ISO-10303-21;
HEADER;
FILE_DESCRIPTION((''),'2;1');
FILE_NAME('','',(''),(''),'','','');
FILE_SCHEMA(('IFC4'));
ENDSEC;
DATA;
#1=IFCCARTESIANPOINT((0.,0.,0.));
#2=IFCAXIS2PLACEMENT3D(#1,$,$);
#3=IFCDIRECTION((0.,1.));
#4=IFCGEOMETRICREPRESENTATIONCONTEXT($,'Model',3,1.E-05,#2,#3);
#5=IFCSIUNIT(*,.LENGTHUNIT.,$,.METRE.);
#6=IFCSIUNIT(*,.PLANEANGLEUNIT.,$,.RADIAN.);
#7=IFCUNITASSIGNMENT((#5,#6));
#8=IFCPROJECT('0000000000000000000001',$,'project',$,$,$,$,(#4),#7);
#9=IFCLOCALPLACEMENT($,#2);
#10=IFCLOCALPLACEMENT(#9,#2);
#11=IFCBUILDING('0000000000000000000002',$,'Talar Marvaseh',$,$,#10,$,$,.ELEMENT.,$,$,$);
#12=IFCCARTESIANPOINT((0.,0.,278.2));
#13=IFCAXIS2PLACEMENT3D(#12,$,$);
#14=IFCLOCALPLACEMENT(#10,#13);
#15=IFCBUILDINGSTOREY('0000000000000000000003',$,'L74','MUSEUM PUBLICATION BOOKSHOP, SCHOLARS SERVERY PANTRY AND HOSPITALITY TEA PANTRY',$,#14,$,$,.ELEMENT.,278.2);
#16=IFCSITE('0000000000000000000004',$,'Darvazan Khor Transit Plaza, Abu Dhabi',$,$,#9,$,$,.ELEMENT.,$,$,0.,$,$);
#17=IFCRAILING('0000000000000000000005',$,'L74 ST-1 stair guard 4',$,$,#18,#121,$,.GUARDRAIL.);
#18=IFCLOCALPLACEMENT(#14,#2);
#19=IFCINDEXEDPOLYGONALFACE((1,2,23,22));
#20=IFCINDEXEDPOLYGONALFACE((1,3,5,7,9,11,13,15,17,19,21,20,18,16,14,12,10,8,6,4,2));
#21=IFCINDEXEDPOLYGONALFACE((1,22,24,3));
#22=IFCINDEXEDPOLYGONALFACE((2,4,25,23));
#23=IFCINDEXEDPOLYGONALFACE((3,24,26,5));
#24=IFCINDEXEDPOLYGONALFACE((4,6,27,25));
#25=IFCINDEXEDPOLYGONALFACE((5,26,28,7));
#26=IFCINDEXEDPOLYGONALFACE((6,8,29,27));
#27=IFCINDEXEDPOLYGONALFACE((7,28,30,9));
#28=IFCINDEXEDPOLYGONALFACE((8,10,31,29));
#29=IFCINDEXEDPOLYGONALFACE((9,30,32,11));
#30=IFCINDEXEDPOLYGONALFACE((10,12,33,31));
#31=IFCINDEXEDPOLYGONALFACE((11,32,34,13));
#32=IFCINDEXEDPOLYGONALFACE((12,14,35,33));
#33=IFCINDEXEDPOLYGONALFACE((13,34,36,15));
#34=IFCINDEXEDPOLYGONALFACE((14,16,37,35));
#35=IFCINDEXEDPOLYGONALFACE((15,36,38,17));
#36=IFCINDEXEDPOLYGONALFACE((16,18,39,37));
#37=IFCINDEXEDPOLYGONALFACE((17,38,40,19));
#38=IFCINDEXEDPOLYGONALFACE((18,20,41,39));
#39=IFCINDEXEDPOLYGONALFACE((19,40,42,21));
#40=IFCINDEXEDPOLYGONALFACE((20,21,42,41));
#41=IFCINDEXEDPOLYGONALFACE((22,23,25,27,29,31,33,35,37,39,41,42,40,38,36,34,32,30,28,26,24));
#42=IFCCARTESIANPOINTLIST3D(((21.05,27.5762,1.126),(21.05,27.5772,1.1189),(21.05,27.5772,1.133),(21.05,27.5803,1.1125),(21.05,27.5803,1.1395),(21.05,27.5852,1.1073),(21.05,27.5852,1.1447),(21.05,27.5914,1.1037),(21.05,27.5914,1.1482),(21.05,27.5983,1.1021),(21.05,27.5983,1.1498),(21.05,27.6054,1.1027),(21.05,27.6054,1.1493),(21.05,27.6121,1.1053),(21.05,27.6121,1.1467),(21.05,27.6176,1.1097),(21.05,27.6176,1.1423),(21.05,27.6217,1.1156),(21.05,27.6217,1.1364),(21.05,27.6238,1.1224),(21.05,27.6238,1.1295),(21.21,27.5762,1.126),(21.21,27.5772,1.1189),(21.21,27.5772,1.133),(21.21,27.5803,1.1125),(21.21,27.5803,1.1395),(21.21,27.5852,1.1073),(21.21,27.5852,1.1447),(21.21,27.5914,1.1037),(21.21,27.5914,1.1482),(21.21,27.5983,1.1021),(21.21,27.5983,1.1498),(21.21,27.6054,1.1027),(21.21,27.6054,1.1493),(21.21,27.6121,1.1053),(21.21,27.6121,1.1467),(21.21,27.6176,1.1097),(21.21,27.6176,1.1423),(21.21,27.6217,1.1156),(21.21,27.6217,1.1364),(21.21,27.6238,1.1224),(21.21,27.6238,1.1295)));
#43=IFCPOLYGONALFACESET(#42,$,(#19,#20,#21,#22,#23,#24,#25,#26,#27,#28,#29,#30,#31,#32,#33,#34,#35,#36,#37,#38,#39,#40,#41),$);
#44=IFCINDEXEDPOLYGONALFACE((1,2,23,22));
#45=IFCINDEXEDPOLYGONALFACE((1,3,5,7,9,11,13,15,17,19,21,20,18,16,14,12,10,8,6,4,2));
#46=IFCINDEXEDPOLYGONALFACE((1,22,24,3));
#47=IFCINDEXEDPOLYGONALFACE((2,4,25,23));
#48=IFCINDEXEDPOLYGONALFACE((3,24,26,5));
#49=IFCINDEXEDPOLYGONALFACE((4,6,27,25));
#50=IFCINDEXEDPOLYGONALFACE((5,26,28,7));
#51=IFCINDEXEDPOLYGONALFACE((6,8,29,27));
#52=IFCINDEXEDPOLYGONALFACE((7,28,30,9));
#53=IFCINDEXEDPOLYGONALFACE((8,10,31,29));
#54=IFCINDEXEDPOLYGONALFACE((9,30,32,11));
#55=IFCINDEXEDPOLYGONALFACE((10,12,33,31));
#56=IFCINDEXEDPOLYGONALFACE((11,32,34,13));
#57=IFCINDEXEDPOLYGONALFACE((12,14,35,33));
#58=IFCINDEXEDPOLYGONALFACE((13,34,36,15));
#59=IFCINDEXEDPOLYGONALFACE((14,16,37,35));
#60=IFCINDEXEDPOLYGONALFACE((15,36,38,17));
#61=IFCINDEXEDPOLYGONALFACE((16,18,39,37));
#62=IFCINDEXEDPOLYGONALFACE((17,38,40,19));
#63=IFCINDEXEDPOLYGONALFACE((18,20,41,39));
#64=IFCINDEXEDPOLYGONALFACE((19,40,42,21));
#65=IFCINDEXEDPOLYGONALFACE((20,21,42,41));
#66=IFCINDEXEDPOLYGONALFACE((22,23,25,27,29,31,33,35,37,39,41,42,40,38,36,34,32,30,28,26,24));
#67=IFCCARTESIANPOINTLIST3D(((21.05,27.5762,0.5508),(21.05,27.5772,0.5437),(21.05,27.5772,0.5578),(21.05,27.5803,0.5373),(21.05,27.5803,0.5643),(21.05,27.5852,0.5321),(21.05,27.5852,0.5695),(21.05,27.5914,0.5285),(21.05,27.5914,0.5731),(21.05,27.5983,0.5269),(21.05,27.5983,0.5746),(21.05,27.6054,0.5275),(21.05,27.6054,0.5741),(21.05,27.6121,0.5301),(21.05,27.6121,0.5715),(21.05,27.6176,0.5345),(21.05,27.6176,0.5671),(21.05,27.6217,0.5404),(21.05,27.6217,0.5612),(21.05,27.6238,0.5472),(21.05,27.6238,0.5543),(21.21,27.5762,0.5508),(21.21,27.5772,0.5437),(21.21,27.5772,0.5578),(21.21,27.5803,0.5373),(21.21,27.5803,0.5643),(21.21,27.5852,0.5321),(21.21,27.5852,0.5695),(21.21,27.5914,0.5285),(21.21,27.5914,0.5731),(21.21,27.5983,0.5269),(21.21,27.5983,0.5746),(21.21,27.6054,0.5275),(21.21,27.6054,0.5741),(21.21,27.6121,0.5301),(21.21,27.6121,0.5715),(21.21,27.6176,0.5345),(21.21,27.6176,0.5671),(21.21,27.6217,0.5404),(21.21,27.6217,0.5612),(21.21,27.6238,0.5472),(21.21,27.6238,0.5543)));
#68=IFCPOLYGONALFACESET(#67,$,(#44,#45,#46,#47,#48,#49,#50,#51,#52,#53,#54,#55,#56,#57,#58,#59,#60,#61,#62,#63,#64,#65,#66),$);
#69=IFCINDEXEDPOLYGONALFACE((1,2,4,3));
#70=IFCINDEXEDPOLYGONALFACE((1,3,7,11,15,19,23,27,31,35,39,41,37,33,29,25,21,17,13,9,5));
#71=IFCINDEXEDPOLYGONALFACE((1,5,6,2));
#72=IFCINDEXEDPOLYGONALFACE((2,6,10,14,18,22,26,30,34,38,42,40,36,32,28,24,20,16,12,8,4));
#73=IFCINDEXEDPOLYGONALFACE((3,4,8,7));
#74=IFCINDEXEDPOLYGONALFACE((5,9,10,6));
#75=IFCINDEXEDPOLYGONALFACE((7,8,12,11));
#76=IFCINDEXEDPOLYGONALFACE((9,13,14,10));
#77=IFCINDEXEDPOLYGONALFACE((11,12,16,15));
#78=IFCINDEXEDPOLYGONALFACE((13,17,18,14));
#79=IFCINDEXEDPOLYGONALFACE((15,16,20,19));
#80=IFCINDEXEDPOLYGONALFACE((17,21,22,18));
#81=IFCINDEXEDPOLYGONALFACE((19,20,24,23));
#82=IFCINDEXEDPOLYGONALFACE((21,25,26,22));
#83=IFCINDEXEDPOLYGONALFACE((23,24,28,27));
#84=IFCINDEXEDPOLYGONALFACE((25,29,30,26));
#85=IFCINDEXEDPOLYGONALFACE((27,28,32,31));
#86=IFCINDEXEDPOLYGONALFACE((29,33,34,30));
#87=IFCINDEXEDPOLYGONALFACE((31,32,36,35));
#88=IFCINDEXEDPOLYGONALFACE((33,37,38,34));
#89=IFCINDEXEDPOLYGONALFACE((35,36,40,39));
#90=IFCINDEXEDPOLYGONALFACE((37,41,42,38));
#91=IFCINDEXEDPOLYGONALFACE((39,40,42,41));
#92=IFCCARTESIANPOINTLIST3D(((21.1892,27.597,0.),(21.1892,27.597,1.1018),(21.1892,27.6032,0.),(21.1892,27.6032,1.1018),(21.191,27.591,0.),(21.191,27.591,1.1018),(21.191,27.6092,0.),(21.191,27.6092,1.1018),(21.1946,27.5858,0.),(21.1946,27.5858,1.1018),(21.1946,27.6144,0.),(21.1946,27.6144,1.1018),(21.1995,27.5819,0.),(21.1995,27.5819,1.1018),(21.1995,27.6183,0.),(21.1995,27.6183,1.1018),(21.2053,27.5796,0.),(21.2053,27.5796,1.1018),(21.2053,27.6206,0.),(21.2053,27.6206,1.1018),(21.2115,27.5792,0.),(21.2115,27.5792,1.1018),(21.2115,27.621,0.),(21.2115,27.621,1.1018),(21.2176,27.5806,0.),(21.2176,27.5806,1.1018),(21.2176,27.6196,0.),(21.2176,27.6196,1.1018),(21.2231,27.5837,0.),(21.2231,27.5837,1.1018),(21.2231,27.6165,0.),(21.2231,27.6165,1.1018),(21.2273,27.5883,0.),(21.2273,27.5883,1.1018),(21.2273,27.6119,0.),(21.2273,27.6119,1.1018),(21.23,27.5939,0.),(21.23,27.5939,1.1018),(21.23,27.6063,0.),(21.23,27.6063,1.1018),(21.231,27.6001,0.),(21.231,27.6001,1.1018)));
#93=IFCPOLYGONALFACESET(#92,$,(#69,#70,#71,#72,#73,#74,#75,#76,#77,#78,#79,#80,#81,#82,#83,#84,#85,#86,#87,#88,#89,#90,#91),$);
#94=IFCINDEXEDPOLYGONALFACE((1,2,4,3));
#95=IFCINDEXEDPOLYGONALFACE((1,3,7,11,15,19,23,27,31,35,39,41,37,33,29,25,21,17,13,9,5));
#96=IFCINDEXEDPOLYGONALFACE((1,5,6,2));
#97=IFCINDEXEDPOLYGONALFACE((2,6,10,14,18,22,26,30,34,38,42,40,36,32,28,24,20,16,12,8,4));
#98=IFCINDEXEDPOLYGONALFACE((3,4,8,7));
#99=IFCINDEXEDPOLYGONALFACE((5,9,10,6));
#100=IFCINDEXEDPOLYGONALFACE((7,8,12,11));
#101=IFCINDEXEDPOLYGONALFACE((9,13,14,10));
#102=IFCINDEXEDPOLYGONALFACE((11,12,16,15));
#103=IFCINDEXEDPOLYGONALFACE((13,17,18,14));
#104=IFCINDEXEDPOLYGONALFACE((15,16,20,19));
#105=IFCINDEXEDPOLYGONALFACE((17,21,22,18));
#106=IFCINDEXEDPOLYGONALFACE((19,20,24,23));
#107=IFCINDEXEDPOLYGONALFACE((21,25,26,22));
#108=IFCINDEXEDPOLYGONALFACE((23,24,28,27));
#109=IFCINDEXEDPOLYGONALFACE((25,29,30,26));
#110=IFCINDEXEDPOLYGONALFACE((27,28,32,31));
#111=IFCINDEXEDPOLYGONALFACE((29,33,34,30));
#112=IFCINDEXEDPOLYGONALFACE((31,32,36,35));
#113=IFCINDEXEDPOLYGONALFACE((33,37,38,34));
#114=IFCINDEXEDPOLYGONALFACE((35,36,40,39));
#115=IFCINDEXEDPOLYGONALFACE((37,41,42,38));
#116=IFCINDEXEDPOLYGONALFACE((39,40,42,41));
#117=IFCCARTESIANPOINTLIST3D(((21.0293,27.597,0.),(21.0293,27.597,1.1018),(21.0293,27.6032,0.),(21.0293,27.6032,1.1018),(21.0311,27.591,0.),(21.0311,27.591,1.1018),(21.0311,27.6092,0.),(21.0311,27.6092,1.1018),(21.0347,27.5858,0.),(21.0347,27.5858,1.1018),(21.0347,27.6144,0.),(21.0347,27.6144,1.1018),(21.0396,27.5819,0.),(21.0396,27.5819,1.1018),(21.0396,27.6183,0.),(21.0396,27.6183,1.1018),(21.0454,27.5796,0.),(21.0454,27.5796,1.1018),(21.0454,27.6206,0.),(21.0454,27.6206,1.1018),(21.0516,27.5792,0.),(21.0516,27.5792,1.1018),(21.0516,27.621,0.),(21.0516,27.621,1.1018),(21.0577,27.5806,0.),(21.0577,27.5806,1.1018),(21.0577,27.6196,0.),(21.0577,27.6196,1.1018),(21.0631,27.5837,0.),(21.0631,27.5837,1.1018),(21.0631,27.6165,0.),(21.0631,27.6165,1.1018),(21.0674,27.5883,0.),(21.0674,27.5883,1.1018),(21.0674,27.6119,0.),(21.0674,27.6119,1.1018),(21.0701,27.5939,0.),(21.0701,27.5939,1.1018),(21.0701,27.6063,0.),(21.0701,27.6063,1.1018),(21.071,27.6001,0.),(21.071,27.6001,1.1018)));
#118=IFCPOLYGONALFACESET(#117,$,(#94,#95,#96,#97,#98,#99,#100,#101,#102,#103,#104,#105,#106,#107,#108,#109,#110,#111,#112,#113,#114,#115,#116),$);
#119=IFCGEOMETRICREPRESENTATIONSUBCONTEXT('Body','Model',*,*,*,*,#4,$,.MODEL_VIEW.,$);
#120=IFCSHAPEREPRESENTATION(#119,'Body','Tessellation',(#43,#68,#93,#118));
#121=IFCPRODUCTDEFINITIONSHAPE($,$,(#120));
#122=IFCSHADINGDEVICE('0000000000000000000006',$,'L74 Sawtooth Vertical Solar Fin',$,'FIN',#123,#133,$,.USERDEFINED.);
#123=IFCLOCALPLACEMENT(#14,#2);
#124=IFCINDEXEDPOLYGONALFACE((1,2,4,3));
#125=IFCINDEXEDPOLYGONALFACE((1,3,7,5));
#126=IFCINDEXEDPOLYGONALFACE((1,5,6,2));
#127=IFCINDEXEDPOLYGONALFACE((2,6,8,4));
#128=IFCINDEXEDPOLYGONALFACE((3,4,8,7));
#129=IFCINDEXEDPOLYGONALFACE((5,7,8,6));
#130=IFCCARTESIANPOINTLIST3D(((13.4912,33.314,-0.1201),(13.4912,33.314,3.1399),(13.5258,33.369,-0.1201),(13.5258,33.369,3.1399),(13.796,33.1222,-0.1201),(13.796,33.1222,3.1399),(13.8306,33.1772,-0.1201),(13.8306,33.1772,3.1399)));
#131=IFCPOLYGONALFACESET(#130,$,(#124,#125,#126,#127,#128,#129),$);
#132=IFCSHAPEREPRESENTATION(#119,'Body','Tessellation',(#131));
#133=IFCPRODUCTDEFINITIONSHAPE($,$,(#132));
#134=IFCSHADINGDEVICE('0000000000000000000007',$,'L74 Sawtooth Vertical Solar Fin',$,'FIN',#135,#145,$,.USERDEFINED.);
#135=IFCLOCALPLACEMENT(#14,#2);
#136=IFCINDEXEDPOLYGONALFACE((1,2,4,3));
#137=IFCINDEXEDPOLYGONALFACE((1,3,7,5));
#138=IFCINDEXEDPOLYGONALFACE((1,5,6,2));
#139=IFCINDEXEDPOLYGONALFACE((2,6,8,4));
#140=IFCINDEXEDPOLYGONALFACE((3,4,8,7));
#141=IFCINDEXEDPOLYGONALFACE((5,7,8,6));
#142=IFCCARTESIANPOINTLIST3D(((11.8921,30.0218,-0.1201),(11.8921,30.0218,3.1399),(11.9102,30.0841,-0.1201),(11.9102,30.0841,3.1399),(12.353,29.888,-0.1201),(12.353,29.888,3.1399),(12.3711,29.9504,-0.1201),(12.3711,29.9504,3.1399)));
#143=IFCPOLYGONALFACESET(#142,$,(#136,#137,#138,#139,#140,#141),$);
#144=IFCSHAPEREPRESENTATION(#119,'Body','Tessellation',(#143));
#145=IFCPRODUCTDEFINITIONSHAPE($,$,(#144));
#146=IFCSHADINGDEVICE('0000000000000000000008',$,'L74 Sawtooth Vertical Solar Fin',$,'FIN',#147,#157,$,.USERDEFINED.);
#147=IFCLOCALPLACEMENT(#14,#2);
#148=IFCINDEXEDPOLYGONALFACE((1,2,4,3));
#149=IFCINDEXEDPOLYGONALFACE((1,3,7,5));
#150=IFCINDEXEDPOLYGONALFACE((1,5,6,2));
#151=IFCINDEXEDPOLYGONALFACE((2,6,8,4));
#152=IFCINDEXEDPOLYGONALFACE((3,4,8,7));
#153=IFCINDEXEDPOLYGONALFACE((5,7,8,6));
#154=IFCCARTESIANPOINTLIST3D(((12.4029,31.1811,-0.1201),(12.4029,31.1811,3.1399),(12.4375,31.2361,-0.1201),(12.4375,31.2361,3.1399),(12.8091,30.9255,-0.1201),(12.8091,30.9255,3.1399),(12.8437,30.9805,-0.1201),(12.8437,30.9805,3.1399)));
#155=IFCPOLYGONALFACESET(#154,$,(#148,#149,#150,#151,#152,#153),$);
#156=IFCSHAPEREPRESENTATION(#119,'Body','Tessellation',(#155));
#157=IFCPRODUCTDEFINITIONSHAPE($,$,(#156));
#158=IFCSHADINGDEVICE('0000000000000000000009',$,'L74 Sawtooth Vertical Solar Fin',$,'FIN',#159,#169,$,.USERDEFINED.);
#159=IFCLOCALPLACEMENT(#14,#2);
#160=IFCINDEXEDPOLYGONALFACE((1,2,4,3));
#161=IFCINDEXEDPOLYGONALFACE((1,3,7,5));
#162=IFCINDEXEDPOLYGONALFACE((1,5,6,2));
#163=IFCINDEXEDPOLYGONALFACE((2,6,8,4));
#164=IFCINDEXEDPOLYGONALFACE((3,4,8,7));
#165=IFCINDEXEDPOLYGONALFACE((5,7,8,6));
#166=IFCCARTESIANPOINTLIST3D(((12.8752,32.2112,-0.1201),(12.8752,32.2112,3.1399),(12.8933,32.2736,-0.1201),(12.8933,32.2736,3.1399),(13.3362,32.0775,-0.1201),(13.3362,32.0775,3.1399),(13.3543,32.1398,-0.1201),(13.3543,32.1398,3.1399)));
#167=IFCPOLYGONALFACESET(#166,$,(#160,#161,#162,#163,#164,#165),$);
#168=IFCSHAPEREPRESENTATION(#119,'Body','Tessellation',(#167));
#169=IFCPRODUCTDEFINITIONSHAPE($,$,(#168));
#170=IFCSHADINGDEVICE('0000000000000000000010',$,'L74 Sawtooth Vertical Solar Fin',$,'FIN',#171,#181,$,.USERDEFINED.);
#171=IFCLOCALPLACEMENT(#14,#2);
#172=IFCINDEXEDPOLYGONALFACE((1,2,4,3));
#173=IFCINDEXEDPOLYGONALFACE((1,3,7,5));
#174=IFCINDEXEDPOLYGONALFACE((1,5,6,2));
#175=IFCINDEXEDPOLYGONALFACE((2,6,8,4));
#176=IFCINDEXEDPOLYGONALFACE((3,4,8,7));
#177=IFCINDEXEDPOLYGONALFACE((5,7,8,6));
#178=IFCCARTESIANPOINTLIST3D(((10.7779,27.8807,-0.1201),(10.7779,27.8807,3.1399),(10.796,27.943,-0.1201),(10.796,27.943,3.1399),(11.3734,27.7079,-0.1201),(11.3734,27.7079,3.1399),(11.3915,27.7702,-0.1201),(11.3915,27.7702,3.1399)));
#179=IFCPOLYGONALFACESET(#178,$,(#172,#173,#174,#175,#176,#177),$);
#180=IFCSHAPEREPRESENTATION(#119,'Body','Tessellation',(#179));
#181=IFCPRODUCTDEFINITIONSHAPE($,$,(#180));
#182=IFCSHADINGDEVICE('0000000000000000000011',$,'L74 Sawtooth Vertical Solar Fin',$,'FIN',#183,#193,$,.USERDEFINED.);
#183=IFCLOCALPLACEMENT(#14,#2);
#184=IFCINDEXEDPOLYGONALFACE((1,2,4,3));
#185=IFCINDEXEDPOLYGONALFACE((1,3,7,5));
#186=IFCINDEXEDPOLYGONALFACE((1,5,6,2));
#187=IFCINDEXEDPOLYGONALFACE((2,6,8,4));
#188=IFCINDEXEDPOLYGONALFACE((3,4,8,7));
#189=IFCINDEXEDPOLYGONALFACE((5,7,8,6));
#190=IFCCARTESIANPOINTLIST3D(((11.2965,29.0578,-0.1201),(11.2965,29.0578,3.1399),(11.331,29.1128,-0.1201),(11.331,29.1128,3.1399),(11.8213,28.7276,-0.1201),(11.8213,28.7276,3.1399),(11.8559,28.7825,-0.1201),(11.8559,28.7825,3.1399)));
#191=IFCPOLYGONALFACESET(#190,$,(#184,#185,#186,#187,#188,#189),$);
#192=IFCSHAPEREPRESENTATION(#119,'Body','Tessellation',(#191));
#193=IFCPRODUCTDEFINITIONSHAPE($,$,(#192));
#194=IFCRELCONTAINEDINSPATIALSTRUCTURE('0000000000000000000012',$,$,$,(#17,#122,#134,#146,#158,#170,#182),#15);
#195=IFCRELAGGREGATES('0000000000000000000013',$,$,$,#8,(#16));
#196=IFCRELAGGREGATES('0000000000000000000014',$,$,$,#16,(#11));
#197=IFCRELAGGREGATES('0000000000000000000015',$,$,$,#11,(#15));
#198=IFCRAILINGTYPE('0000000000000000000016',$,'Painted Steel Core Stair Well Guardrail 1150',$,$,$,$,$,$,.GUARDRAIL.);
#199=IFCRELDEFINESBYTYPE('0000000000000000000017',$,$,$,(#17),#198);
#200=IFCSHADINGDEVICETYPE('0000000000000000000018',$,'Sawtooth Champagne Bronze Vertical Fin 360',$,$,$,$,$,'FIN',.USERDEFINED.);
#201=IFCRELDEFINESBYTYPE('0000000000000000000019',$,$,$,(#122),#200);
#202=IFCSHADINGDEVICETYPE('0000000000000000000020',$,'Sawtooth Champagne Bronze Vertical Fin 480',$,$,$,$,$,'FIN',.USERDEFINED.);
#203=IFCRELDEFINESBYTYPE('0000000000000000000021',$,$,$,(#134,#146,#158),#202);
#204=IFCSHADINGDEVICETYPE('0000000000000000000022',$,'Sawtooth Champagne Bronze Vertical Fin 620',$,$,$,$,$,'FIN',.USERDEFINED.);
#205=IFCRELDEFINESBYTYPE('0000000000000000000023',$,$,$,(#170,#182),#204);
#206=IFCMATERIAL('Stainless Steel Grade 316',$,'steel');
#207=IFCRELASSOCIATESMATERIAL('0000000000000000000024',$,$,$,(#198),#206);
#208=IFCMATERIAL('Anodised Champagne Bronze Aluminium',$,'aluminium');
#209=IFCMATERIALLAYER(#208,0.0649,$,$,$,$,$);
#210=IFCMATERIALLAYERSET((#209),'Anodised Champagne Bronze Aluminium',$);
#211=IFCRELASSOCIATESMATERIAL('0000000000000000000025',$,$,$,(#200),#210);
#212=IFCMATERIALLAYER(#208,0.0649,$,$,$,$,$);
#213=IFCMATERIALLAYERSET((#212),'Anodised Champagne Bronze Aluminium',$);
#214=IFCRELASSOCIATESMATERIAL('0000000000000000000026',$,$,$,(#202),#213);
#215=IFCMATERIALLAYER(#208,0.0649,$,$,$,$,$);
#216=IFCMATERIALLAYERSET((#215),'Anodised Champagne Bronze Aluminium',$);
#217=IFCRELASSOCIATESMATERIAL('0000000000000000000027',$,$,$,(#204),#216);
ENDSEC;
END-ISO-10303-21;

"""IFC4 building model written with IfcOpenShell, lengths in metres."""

from ifc_helpers import new_model, si_unit, direction, frame, origin, origin_2d, place, context, subcontext, project, spatial, rectangle, circle, extrude, source, transform, mapped, material, layer, layer_set, type_object, type_shapes, element, save


model = new_model("IFC4")

# Units and contexts
model_context = context("Model", 3, precision=1e-05, world=origin(), true_north=direction((0.0, 1.0)))
body_context = subcontext(model_context, "Body", "Model", "MODEL_VIEW")
ifc_project = project(units=[si_unit("LENGTHUNIT", "METRE"), si_unit("PLANEANGLEUNIT", "RADIAN")], contexts=[model_context])

# Site, building, storey
site_placement = place(None, origin())
site = spatial("IfcSite", under=ifc_project, at=site_placement, Name="Darvazan Khor Transit Plaza, Abu Dhabi", CompositionType="ELEMENT", RefElevation=0.0)
building_placement = place(site_placement, origin())
building = spatial("IfcBuilding", under=site, at=building_placement, Name="Talar Marvaseh", CompositionType="ELEMENT")
storey_placement = place(building_placement, frame((0.0, 0.0, 278.2)))
storey = spatial("IfcBuildingStorey", under=building, at=storey_placement, Name="L74", Description="MUSEUM PUBLICATION BOOKSHOP, SCHOLARS SERVERY PANTRY AND HOSPITALITY TEA PANTRY", CompositionType="ELEMENT", Elevation=278.2)

# Railing
ifc_material_1 = material(Name="Stainless Steel Grade 316", Category="steel")
railing_type_1 = type_object("IfcRailingType", Name="Painted Steel Core Stair Well Guardrail 1150", PredefinedType="GUARDRAIL", material=ifc_material_1)
railing_1_placement = place(storey_placement, frame((21.21, 27.6001, 0.0)))
element("IfcRailing", 1, at=railing_1_placement, inside=storey, type_object=railing_type_1, Name="L74 ST-1 stair guard 4", PredefinedType="GUARDRAIL", context=body_context, shape_type="SweptSolid", body=[
    extrude(circle(Radius=0.0239, at=origin_2d()), frame((0.0, 0.0, 1.126), z_axis=(-1.0, 0.0, 0.0), x_axis=(0.0, -1.0, 0.0)), (0.0, 0.0, 1.0), 0.1599),
    extrude(circle(Radius=0.0239, at=origin_2d()), frame((0.0, 0.0, 0.5508), z_axis=(-1.0, 0.0, 0.0), x_axis=(0.0, -1.0, 0.0)), (0.0, 0.0, 1.0), 0.1599),
    extrude(circle(Radius=0.021, at=origin_2d()), origin(), (0.0, 0.0, 1.0), 1.1018),
    extrude(circle(Radius=0.021, at=origin_2d()), frame((-0.1599, 0.0, 0.0)), (0.0, 0.0, 1.0), 1.1018),
])

# Shading devices
ifc_material_2 = material(Name="Anodised Champagne Bronze Aluminium", Category="aluminium")
ifc_layer_1 = layer(ifc_material_2, 0.0649)
ifc_layer_set_1 = layer_set([ifc_layer_1], Name="Anodised Champagne Bronze Aluminium")
shading_device_type_1 = type_object("IfcShadingDeviceType", Name="Sawtooth Champagne Bronze Vertical Fin 360", ElementType="FIN", PredefinedType="USERDEFINED", material=ifc_layer_set_1)
shared_shape_1 = source(origin(), body_context, "Body", "SweptSolid", [
    extrude(rectangle(XDim=0.3601, YDim=0.0649, at=origin_2d()), origin(), (0.0, 0.0, 1.0), 3.26),
])
type_shapes(shading_device_type_1, [shared_shape_1])
shading_device_placement = place(storey_placement, frame((13.6609, 33.2456, -0.1201), z_axis=(0.0, 0.0, 1.0), x_axis=(-0.846379, 0.532581, 0.0)))
element("IfcShadingDevice", 2, at=shading_device_placement, inside=storey, type_object=shading_device_type_1, Name="L74 Sawtooth Vertical Solar Fin", ObjectType="FIN", PredefinedType="USERDEFINED", context=body_context, shape_type="MappedRepresentation", body=[
    mapped(shared_shape_1, transform((0.0, 0.0, 0.0), x_axis=(1.0, 0.0, 0.0), y_axis=(0.0, 1.0, 0.0), z_axis=(0.0, 0.0, 1.0), scale=1.0)),
])
ifc_layer_2 = layer(ifc_material_2, 0.0649)
ifc_layer_set_2 = layer_set([ifc_layer_2], Name="Anodised Champagne Bronze Aluminium")
shading_device_type_2 = type_object("IfcShadingDeviceType", Name="Sawtooth Champagne Bronze Vertical Fin 480", ElementType="FIN", PredefinedType="USERDEFINED", material=ifc_layer_set_2)
shared_shape_2 = source(origin(), body_context, "Body", "SweptSolid", [
    extrude(rectangle(XDim=0.48, YDim=0.0649, at=origin_2d()), origin(), (0.0, 0.0, 1.0), 3.26),
])
type_shapes(shading_device_type_2, [shared_shape_2])
for number, where, z_axis, x_axis, name in (
    (3, (12.1316, 29.9861, -0.1201), (0.0, 0.0, 1.0), (-0.960391, 0.278656, 0.0), "L74 Sawtooth Vertical Solar Fin"),
    (4, (12.6233, 31.0808, -0.1201), (0.0, 0.0, 1.0), (-0.846379, 0.532581, 0.0), "L74 Sawtooth Vertical Solar Fin"),
    (5, (13.1147, 32.1755, -0.1201), (0.0, 0.0, 1.0), (-0.960391, 0.278656, 0.0), "L74 Sawtooth Vertical Solar Fin"),
):
    element("IfcShadingDevice", number, at=place(storey_placement, frame(where, z_axis=z_axis, x_axis=x_axis)), inside=storey, type_object=shading_device_type_2, Name=name, ObjectType="FIN", PredefinedType="USERDEFINED", context=body_context, shape_type="MappedRepresentation", body=[
        mapped(shared_shape_2, transform((0.0, 0.0, 0.0), x_axis=(1.0, 0.0, 0.0), y_axis=(0.0, 1.0, 0.0), z_axis=(0.0, 0.0, 1.0), scale=1.0)),
    ])
ifc_layer_3 = layer(ifc_material_2, 0.0649)
ifc_layer_set_3 = layer_set([ifc_layer_3], Name="Anodised Champagne Bronze Aluminium")
shading_device_type_3 = type_object("IfcShadingDeviceType", Name="Sawtooth Champagne Bronze Vertical Fin 620", ElementType="FIN", PredefinedType="USERDEFINED", material=ifc_layer_set_3)
shared_shape_3 = source(origin(), body_context, "Body", "SweptSolid", [
    extrude(rectangle(XDim=0.6201, YDim=0.0649, at=origin_2d()), origin(), (0.0, 0.0, 1.0), 3.26),
])
type_shapes(shading_device_type_3, [shared_shape_3])
for number, where, z_axis, x_axis, name in (
    (6, (11.0847, 27.8254, -0.1201), (0.0, 0.0, 1.0), (-0.960391, 0.278656, 0.0), "L74 Sawtooth Vertical Solar Fin"),
    (7, (11.5762, 28.9202, -0.1201), (0.0, 0.0, 1.0), (-0.846379, 0.532581, 0.0), "L74 Sawtooth Vertical Solar Fin"),
):
    element("IfcShadingDevice", number, at=place(storey_placement, frame(where, z_axis=z_axis, x_axis=x_axis)), inside=storey, type_object=shading_device_type_3, Name=name, ObjectType="FIN", PredefinedType="USERDEFINED", context=body_context, shape_type="MappedRepresentation", body=[
        mapped(shared_shape_3, transform((0.0, 0.0, 0.0), x_axis=(1.0, 0.0, 0.0), y_axis=(0.0, 1.0, 0.0), z_axis=(0.0, 0.0, 1.0), scale=1.0)),
    ])

save(model, "model.ifc")
